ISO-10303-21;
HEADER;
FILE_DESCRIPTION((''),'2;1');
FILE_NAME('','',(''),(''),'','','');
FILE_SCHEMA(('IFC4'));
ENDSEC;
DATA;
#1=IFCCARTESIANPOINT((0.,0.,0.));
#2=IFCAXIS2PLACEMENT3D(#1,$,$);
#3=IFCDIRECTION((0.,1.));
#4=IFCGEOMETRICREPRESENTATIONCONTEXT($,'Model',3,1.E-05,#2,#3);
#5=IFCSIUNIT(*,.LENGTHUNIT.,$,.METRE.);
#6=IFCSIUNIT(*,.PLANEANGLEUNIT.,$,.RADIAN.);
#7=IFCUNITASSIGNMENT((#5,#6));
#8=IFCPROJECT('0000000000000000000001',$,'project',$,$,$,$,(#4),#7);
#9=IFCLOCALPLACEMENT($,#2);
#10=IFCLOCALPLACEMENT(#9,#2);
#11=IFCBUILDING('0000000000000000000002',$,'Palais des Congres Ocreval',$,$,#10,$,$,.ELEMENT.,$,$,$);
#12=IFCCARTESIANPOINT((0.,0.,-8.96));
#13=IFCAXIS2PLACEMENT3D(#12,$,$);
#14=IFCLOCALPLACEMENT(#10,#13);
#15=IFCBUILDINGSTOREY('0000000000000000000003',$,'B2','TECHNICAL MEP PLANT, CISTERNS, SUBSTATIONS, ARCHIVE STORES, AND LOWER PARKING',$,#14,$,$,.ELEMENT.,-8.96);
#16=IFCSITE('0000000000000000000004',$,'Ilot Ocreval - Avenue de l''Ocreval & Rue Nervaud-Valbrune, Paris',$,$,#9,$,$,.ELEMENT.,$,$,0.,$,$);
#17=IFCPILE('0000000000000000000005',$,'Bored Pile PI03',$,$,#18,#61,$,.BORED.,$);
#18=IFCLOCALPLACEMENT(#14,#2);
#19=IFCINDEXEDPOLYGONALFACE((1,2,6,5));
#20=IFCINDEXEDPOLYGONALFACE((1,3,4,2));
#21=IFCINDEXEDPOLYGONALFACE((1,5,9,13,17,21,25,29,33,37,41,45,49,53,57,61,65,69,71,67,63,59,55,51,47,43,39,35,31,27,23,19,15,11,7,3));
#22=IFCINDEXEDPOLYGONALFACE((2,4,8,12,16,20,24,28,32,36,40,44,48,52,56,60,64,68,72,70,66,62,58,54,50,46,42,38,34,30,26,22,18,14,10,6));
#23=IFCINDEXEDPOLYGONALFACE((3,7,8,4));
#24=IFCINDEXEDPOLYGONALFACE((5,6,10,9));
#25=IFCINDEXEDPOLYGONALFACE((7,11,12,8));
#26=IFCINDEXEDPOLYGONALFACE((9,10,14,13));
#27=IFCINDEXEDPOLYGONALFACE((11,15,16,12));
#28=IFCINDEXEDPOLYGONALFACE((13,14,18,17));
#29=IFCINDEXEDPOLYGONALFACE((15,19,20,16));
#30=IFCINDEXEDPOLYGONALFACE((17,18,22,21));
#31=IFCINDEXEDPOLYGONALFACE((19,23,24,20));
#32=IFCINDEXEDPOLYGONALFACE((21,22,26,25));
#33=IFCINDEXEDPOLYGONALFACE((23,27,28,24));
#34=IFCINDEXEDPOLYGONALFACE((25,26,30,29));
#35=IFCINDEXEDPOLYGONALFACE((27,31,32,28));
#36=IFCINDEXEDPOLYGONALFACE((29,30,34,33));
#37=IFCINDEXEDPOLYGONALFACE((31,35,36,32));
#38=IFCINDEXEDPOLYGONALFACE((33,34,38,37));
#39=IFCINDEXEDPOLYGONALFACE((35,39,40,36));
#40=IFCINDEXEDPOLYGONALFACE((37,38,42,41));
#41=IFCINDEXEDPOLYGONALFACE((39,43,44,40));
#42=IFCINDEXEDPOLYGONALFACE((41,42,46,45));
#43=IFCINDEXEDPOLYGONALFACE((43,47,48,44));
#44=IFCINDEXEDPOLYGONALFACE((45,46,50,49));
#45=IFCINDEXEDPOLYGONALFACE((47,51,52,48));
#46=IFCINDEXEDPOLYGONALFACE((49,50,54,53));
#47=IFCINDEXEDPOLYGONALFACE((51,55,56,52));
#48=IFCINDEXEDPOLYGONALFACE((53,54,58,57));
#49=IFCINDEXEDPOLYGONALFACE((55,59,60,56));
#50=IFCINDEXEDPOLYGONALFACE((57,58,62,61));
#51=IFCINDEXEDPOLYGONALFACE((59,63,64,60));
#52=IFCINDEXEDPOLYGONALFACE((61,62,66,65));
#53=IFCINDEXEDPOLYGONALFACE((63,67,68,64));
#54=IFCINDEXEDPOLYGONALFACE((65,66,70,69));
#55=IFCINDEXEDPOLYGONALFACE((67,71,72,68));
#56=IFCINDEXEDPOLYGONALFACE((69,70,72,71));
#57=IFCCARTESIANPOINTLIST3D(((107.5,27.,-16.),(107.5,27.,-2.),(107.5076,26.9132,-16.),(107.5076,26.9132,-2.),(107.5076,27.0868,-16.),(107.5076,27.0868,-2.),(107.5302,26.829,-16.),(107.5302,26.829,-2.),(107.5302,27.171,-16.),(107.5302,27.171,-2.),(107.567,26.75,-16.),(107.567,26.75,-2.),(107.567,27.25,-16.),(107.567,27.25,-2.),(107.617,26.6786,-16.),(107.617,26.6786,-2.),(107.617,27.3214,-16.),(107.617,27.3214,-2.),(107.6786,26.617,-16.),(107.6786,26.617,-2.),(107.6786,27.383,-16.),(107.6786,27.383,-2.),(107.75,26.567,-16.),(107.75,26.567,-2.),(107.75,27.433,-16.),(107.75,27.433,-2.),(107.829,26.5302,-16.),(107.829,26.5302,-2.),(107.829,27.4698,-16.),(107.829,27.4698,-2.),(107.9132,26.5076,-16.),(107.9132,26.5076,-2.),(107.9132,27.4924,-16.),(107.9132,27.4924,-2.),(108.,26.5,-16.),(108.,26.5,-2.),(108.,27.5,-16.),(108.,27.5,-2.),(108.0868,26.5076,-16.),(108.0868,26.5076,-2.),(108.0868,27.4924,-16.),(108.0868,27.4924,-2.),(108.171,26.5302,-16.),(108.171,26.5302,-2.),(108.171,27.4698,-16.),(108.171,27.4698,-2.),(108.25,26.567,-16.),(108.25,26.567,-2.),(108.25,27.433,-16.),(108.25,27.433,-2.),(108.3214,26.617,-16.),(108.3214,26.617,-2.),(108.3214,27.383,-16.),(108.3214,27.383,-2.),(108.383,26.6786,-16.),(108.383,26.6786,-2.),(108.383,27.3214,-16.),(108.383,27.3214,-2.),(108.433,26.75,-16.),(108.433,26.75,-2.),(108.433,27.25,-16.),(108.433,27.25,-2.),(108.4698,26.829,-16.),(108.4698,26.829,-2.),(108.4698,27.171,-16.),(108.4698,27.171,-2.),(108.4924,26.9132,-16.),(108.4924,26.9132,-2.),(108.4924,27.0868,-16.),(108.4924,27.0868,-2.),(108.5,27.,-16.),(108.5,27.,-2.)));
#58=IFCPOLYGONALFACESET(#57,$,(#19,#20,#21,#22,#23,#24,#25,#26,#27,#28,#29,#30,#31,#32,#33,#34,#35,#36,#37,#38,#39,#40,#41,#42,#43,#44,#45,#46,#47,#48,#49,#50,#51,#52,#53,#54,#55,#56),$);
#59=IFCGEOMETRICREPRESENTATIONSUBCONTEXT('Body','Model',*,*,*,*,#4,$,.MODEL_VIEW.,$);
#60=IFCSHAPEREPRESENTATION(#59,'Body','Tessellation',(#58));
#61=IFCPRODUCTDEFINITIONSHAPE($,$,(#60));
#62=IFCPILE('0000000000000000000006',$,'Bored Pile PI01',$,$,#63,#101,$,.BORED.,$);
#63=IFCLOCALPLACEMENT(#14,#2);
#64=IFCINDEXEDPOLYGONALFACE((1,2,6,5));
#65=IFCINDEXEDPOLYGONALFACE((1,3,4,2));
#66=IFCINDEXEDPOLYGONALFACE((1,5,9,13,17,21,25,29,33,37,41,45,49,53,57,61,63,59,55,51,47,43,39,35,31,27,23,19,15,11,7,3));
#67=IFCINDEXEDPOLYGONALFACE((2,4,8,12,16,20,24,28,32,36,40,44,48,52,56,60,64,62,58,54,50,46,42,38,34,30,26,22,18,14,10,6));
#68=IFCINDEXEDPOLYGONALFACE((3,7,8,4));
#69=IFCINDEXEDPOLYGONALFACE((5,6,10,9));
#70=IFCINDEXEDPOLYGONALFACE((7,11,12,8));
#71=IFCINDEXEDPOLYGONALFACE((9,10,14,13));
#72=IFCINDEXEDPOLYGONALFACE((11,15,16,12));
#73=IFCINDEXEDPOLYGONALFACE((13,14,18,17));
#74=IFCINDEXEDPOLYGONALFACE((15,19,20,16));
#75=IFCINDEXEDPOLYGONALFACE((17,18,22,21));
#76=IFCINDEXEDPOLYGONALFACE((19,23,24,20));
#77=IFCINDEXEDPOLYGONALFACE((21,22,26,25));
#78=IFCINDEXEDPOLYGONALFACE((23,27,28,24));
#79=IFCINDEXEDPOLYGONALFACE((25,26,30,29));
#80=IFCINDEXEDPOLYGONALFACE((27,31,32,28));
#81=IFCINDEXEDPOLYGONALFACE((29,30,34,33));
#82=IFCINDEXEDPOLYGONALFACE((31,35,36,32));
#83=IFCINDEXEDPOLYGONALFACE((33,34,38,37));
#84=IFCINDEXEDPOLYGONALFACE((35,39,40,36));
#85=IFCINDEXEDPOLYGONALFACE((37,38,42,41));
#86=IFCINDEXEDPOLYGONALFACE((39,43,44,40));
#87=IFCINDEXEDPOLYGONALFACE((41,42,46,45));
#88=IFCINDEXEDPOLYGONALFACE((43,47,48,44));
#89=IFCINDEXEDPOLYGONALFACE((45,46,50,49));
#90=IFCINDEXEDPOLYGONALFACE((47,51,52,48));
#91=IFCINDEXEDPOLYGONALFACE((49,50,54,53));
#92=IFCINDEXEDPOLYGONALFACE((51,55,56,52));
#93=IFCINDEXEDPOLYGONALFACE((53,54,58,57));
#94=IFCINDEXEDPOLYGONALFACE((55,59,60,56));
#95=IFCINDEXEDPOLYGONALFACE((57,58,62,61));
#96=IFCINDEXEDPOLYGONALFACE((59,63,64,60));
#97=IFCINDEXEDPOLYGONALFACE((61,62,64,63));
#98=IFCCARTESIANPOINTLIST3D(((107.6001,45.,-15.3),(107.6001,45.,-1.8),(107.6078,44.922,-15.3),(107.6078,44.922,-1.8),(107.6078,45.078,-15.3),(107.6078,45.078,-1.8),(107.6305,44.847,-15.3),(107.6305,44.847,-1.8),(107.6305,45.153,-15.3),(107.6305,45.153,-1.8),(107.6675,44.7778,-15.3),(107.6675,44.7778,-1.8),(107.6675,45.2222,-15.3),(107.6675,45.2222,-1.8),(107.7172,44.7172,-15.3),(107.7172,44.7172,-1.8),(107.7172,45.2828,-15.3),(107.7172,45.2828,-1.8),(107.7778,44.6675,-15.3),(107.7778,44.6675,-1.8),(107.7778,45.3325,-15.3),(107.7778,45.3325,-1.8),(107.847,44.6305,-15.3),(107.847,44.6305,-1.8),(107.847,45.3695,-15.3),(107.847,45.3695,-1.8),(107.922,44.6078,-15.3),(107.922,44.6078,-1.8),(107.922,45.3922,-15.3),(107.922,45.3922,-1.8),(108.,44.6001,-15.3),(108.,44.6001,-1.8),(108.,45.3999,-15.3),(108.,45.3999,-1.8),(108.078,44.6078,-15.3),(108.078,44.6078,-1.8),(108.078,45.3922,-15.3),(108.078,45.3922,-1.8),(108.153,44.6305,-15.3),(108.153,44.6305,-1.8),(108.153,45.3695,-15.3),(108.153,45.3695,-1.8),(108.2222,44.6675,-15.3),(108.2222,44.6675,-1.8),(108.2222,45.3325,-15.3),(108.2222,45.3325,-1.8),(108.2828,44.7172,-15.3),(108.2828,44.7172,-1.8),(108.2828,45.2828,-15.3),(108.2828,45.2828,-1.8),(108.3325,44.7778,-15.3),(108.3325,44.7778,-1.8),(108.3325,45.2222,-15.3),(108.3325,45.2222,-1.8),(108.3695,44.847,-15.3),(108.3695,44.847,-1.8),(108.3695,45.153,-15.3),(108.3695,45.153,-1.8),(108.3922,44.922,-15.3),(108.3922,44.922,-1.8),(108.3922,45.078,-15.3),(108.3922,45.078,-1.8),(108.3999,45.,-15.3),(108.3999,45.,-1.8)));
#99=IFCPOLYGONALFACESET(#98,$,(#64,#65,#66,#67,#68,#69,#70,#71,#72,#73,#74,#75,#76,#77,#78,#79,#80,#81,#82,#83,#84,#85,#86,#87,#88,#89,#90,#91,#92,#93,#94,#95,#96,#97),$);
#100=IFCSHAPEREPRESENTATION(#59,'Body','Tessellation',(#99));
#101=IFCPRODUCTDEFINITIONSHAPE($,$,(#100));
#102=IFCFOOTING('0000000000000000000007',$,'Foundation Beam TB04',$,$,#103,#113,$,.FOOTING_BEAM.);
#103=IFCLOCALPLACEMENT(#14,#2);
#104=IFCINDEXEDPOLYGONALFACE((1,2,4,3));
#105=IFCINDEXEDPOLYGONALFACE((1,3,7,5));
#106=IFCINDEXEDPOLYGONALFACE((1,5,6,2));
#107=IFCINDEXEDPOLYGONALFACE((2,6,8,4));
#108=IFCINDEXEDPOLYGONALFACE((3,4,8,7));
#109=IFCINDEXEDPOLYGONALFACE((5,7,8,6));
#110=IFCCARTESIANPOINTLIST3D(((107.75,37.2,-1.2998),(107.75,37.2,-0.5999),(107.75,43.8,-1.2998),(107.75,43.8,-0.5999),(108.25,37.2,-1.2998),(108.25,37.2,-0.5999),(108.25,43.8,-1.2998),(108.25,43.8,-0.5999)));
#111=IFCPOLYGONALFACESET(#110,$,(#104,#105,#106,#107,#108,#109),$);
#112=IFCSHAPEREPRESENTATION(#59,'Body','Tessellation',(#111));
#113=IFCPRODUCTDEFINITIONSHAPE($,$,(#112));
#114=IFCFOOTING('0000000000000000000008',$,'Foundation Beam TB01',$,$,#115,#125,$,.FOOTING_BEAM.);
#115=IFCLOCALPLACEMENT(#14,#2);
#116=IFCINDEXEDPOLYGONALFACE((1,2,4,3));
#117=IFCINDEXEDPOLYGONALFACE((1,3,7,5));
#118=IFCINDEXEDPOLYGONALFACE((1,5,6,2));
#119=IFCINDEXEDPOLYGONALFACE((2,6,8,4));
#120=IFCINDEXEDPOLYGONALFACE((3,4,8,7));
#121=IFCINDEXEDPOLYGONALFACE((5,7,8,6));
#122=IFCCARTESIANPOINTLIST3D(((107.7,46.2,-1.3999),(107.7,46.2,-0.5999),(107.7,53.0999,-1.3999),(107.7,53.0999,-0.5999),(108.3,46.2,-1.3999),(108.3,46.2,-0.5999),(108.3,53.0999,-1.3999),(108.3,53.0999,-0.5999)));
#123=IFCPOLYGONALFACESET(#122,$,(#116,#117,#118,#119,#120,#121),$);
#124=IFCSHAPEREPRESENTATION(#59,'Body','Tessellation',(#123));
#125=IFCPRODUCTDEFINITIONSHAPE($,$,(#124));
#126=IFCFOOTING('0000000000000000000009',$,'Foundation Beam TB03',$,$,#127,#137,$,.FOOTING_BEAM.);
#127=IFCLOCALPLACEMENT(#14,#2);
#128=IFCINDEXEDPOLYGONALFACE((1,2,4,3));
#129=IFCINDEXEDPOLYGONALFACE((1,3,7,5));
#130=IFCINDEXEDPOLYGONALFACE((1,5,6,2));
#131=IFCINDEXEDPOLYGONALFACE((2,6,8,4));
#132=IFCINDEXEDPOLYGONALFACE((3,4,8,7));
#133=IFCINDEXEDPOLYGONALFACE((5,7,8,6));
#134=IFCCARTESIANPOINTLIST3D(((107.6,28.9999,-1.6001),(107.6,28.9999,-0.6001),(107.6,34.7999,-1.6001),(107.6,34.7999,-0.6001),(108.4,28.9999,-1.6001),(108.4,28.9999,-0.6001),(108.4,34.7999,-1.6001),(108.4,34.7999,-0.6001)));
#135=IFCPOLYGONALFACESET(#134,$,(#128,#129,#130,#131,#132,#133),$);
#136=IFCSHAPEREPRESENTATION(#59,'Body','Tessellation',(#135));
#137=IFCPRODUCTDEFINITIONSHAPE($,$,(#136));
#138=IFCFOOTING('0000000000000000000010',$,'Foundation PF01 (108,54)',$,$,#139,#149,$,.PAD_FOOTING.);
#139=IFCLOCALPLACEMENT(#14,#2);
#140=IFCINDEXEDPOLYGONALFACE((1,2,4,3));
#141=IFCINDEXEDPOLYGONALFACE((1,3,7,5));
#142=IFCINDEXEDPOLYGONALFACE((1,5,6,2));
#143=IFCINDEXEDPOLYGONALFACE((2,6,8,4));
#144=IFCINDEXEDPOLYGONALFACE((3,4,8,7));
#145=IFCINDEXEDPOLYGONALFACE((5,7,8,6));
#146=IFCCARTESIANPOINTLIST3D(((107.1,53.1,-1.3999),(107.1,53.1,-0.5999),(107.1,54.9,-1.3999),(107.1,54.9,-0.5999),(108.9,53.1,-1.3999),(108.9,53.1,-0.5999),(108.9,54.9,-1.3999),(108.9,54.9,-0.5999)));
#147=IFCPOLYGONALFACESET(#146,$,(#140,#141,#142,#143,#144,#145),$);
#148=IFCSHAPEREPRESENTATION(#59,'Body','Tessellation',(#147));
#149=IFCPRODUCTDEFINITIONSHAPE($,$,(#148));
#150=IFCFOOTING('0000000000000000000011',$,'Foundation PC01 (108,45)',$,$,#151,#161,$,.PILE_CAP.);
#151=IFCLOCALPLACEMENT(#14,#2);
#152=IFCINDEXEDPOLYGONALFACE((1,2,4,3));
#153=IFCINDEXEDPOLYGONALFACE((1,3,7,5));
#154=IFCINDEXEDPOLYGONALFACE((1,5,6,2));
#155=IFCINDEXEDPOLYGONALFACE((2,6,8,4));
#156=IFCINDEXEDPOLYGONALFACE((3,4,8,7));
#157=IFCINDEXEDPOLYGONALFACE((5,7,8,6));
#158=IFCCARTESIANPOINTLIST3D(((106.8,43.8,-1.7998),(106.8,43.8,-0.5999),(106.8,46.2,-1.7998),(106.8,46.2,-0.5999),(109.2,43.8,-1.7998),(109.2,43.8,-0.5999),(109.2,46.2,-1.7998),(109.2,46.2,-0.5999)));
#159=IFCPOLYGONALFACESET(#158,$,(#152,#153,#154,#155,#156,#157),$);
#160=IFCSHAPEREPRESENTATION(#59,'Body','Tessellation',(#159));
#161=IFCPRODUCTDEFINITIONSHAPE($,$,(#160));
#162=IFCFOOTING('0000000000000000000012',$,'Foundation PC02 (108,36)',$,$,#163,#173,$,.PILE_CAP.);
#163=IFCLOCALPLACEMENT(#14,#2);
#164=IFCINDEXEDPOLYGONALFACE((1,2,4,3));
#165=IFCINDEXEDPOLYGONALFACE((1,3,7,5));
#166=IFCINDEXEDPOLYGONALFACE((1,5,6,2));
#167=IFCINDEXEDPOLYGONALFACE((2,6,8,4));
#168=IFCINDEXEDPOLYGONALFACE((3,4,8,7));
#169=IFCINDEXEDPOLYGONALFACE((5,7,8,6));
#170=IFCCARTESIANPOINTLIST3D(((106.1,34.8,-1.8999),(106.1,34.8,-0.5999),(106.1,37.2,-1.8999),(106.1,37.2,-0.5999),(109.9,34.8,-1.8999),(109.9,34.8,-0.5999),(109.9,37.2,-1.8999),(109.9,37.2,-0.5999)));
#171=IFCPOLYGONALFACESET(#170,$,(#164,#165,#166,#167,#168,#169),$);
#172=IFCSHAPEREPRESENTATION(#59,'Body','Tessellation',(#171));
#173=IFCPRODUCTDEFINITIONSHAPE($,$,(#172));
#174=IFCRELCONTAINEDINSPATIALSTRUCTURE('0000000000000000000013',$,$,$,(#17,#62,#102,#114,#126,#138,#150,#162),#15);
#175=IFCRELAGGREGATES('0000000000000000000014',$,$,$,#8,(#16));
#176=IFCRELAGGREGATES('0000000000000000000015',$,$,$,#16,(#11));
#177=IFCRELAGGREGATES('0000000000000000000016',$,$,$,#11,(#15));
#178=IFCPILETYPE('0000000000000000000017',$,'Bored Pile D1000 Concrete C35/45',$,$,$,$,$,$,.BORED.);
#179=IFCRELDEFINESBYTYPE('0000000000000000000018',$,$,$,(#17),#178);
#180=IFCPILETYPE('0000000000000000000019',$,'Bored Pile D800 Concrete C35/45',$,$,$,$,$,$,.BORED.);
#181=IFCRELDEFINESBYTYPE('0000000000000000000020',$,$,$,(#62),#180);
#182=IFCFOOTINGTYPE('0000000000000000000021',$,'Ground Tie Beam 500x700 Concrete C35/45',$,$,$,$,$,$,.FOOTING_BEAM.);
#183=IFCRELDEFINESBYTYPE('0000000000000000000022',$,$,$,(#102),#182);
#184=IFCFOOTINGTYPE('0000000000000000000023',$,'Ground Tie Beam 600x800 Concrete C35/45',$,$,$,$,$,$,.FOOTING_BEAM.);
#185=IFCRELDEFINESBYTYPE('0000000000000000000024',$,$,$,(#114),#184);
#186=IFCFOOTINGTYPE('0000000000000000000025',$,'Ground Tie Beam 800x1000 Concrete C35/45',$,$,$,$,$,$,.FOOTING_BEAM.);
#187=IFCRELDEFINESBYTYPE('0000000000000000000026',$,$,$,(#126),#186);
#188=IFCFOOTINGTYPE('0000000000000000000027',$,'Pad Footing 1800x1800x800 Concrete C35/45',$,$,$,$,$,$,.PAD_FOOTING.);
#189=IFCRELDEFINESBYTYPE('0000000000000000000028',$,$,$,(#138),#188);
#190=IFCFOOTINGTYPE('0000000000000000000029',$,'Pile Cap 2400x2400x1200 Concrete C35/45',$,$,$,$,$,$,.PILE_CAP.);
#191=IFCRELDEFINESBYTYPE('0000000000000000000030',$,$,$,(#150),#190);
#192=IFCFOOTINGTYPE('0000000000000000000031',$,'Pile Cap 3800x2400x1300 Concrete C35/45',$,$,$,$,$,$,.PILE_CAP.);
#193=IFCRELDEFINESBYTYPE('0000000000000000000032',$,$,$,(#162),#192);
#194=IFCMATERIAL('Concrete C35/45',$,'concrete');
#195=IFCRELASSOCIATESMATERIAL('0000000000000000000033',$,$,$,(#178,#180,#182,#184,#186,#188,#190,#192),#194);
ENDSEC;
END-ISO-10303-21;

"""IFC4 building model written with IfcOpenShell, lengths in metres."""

from ifc_helpers import new_model, si_unit, direction, frame, origin, origin_2d, place, context, subcontext, project, spatial, rectangle, circle, extrude, material, material_profile, profile_set, type_object, element, save


model = new_model("IFC4")

# Units and contexts
model_context = context("Model", 3, precision=1e-05, world=origin(), true_north=direction((0.0, 1.0)))
body_context = subcontext(model_context, "Body", "Model", "MODEL_VIEW")
ifc_project = project(units=[si_unit("LENGTHUNIT", "METRE"), si_unit("PLANEANGLEUNIT", "RADIAN")], contexts=[model_context])

# Site, building, storey
site_placement = place(None, origin())
site = spatial("IfcSite", under=ifc_project, at=site_placement, Name="Ilot Ocreval - Avenue de l'Ocreval & Rue Nervaud-Valbrune, Paris", CompositionType="ELEMENT", RefElevation=0.0)
building_placement = place(site_placement, origin())
building = spatial("IfcBuilding", under=site, at=building_placement, Name="Palais des Congres Ocreval", CompositionType="ELEMENT")
storey_placement = place(building_placement, frame((0.0, 0.0, -8.96)))
storey = spatial("IfcBuildingStorey", under=building, at=storey_placement, Name="B2", Description="TECHNICAL MEP PLANT, CISTERNS, SUBSTATIONS, ARCHIVE STORES, AND LOWER PARKING", CompositionType="ELEMENT", Elevation=-8.96)

# Piles
ifc_material_1 = material(Name="Concrete C35/45", Category="concrete")
ifc_material_profile_1 = material_profile(ifc_material_1, circle(Radius=0.5, at=origin_2d()), Name="BORED PILE 1000")
ifc_profile_set_1 = profile_set([ifc_material_profile_1], Name="Concrete C35/45")
pile_type_1 = type_object("IfcPileType", Name="Bored Pile D1000 Concrete C35/45", PredefinedType="BORED", material=ifc_profile_set_1)
pile_1_placement = place(storey_placement, frame((108.0, 27.0, -2.0), z_axis=(0.0, 0.0, -1.0), x_axis=(1.0, 0.0, 0.0)))
element("IfcPile", 1, at=pile_1_placement, inside=storey, type_object=pile_type_1, Name="Bored Pile PI03", PredefinedType="BORED", context=body_context, shape_type="SweptSolid", body=[
    extrude(circle(Radius=0.5, at=origin_2d()), origin(), (0.0, 0.0, 1.0), 14.0),
])
ifc_material_profile_2 = material_profile(ifc_material_1, circle(Radius=0.3999, at=origin_2d()), Name="BORED PILE 800")
ifc_profile_set_2 = profile_set([ifc_material_profile_2], Name="Concrete C35/45")
pile_type_2 = type_object("IfcPileType", Name="Bored Pile D800 Concrete C35/45", PredefinedType="BORED", material=ifc_profile_set_2)
pile_2_placement = place(storey_placement, frame((108.0, 45.0, -1.8), z_axis=(0.0, 0.0, -1.0), x_axis=(1.0, 0.0, 0.0)))
element("IfcPile", 2, at=pile_2_placement, inside=storey, type_object=pile_type_2, Name="Bored Pile PI01", PredefinedType="BORED", context=body_context, shape_type="SweptSolid", body=[
    extrude(circle(Radius=0.3999, at=origin_2d()), origin(), (0.0, 0.0, 1.0), 13.5),
])

# Footings
footing_type_1 = type_object("IfcFootingType", Name="Ground Tie Beam 500x700 Concrete C35/45", PredefinedType="FOOTING_BEAM", material=ifc_material_1)
footing_1_placement = place(storey_placement, frame((108.0, 40.5, -1.2998), z_axis=(0.0, 0.0, 1.0), x_axis=(0.0, 1.0, 0.0)))
element("IfcFooting", 3, at=footing_1_placement, inside=storey, type_object=footing_type_1, Name="Foundation Beam TB04", PredefinedType="FOOTING_BEAM", context=body_context, shape_type="SweptSolid", body=[
    extrude(rectangle(XDim=6.6001, YDim=0.5, at=origin_2d()), origin(), (0.0, 0.0, 1.0), 0.7),
])
footing_type_2 = type_object("IfcFootingType", Name="Ground Tie Beam 600x800 Concrete C35/45", PredefinedType="FOOTING_BEAM", material=ifc_material_1)
footing_2_placement = place(storey_placement, frame((108.0, 49.6499, -1.3999), z_axis=(0.0, 0.0, 1.0), x_axis=(0.0, 1.0, 0.0)))
element("IfcFooting", 4, at=footing_2_placement, inside=storey, type_object=footing_type_2, Name="Foundation Beam TB01", PredefinedType="FOOTING_BEAM", context=body_context, shape_type="SweptSolid", body=[
    extrude(rectangle(XDim=6.8999, YDim=0.6001, at=origin_2d()), origin(), (0.0, 0.0, 1.0), 0.8),
])
footing_type_3 = type_object("IfcFootingType", Name="Ground Tie Beam 800x1000 Concrete C35/45", PredefinedType="FOOTING_BEAM", material=ifc_material_1)
footing_3_placement = place(storey_placement, frame((108.0, 31.8999, -1.6001), z_axis=(0.0, 0.0, 1.0), x_axis=(0.0, 1.0, 0.0)))
element("IfcFooting", 5, at=footing_3_placement, inside=storey, type_object=footing_type_3, Name="Foundation Beam TB03", PredefinedType="FOOTING_BEAM", context=body_context, shape_type="SweptSolid", body=[
    extrude(rectangle(XDim=5.8, YDim=0.8, at=origin_2d()), origin(), (0.0, 0.0, 1.0), 1.0),
])
footing_type_4 = type_object("IfcFootingType", Name="Pad Footing 1800x1800x800 Concrete C35/45", PredefinedType="PAD_FOOTING", material=ifc_material_1)
footing_4_placement = place(storey_placement, frame((108.0, 54.0, -1.3999), z_axis=(0.0, 0.0, 1.0), x_axis=(1.0, 0.0, 0.0)))
element("IfcFooting", 6, at=footing_4_placement, inside=storey, type_object=footing_type_4, Name="Foundation PF01 (108,54)", PredefinedType="PAD_FOOTING", context=body_context, shape_type="SweptSolid", body=[
    extrude(rectangle(XDim=1.8, YDim=1.8, at=origin_2d()), origin(), (0.0, 0.0, 1.0), 0.8),
])
footing_type_5 = type_object("IfcFootingType", Name="Pile Cap 2400x2400x1200 Concrete C35/45", PredefinedType="PILE_CAP", material=ifc_material_1)
footing_5_placement = place(storey_placement, frame((108.0, 45.0, -1.7998), z_axis=(0.0, 0.0, 1.0), x_axis=(1.0, 0.0, 0.0)))
element("IfcFooting", 7, at=footing_5_placement, inside=storey, type_object=footing_type_5, Name="Foundation PC01 (108,45)", PredefinedType="PILE_CAP", context=body_context, shape_type="SweptSolid", body=[
    extrude(rectangle(XDim=2.3999, YDim=2.3999, at=origin_2d()), origin(), (0.0, 0.0, 1.0), 1.2),
])
footing_type_6 = type_object("IfcFootingType", Name="Pile Cap 3800x2400x1300 Concrete C35/45", PredefinedType="PILE_CAP", material=ifc_material_1)
footing_6_placement = place(storey_placement, frame((108.0, 36.0, -1.8999), z_axis=(0.0, 0.0, 1.0), x_axis=(1.0, 0.0, 0.0)))
element("IfcFooting", 8, at=footing_6_placement, inside=storey, type_object=footing_type_6, Name="Foundation PC02 (108,36)", PredefinedType="PILE_CAP", context=body_context, shape_type="SweptSolid", body=[
    extrude(rectangle(XDim=3.8, YDim=2.3999, at=origin_2d()), origin(), (0.0, 0.0, 1.0), 1.3),
])

save(model, "model.ifc")
